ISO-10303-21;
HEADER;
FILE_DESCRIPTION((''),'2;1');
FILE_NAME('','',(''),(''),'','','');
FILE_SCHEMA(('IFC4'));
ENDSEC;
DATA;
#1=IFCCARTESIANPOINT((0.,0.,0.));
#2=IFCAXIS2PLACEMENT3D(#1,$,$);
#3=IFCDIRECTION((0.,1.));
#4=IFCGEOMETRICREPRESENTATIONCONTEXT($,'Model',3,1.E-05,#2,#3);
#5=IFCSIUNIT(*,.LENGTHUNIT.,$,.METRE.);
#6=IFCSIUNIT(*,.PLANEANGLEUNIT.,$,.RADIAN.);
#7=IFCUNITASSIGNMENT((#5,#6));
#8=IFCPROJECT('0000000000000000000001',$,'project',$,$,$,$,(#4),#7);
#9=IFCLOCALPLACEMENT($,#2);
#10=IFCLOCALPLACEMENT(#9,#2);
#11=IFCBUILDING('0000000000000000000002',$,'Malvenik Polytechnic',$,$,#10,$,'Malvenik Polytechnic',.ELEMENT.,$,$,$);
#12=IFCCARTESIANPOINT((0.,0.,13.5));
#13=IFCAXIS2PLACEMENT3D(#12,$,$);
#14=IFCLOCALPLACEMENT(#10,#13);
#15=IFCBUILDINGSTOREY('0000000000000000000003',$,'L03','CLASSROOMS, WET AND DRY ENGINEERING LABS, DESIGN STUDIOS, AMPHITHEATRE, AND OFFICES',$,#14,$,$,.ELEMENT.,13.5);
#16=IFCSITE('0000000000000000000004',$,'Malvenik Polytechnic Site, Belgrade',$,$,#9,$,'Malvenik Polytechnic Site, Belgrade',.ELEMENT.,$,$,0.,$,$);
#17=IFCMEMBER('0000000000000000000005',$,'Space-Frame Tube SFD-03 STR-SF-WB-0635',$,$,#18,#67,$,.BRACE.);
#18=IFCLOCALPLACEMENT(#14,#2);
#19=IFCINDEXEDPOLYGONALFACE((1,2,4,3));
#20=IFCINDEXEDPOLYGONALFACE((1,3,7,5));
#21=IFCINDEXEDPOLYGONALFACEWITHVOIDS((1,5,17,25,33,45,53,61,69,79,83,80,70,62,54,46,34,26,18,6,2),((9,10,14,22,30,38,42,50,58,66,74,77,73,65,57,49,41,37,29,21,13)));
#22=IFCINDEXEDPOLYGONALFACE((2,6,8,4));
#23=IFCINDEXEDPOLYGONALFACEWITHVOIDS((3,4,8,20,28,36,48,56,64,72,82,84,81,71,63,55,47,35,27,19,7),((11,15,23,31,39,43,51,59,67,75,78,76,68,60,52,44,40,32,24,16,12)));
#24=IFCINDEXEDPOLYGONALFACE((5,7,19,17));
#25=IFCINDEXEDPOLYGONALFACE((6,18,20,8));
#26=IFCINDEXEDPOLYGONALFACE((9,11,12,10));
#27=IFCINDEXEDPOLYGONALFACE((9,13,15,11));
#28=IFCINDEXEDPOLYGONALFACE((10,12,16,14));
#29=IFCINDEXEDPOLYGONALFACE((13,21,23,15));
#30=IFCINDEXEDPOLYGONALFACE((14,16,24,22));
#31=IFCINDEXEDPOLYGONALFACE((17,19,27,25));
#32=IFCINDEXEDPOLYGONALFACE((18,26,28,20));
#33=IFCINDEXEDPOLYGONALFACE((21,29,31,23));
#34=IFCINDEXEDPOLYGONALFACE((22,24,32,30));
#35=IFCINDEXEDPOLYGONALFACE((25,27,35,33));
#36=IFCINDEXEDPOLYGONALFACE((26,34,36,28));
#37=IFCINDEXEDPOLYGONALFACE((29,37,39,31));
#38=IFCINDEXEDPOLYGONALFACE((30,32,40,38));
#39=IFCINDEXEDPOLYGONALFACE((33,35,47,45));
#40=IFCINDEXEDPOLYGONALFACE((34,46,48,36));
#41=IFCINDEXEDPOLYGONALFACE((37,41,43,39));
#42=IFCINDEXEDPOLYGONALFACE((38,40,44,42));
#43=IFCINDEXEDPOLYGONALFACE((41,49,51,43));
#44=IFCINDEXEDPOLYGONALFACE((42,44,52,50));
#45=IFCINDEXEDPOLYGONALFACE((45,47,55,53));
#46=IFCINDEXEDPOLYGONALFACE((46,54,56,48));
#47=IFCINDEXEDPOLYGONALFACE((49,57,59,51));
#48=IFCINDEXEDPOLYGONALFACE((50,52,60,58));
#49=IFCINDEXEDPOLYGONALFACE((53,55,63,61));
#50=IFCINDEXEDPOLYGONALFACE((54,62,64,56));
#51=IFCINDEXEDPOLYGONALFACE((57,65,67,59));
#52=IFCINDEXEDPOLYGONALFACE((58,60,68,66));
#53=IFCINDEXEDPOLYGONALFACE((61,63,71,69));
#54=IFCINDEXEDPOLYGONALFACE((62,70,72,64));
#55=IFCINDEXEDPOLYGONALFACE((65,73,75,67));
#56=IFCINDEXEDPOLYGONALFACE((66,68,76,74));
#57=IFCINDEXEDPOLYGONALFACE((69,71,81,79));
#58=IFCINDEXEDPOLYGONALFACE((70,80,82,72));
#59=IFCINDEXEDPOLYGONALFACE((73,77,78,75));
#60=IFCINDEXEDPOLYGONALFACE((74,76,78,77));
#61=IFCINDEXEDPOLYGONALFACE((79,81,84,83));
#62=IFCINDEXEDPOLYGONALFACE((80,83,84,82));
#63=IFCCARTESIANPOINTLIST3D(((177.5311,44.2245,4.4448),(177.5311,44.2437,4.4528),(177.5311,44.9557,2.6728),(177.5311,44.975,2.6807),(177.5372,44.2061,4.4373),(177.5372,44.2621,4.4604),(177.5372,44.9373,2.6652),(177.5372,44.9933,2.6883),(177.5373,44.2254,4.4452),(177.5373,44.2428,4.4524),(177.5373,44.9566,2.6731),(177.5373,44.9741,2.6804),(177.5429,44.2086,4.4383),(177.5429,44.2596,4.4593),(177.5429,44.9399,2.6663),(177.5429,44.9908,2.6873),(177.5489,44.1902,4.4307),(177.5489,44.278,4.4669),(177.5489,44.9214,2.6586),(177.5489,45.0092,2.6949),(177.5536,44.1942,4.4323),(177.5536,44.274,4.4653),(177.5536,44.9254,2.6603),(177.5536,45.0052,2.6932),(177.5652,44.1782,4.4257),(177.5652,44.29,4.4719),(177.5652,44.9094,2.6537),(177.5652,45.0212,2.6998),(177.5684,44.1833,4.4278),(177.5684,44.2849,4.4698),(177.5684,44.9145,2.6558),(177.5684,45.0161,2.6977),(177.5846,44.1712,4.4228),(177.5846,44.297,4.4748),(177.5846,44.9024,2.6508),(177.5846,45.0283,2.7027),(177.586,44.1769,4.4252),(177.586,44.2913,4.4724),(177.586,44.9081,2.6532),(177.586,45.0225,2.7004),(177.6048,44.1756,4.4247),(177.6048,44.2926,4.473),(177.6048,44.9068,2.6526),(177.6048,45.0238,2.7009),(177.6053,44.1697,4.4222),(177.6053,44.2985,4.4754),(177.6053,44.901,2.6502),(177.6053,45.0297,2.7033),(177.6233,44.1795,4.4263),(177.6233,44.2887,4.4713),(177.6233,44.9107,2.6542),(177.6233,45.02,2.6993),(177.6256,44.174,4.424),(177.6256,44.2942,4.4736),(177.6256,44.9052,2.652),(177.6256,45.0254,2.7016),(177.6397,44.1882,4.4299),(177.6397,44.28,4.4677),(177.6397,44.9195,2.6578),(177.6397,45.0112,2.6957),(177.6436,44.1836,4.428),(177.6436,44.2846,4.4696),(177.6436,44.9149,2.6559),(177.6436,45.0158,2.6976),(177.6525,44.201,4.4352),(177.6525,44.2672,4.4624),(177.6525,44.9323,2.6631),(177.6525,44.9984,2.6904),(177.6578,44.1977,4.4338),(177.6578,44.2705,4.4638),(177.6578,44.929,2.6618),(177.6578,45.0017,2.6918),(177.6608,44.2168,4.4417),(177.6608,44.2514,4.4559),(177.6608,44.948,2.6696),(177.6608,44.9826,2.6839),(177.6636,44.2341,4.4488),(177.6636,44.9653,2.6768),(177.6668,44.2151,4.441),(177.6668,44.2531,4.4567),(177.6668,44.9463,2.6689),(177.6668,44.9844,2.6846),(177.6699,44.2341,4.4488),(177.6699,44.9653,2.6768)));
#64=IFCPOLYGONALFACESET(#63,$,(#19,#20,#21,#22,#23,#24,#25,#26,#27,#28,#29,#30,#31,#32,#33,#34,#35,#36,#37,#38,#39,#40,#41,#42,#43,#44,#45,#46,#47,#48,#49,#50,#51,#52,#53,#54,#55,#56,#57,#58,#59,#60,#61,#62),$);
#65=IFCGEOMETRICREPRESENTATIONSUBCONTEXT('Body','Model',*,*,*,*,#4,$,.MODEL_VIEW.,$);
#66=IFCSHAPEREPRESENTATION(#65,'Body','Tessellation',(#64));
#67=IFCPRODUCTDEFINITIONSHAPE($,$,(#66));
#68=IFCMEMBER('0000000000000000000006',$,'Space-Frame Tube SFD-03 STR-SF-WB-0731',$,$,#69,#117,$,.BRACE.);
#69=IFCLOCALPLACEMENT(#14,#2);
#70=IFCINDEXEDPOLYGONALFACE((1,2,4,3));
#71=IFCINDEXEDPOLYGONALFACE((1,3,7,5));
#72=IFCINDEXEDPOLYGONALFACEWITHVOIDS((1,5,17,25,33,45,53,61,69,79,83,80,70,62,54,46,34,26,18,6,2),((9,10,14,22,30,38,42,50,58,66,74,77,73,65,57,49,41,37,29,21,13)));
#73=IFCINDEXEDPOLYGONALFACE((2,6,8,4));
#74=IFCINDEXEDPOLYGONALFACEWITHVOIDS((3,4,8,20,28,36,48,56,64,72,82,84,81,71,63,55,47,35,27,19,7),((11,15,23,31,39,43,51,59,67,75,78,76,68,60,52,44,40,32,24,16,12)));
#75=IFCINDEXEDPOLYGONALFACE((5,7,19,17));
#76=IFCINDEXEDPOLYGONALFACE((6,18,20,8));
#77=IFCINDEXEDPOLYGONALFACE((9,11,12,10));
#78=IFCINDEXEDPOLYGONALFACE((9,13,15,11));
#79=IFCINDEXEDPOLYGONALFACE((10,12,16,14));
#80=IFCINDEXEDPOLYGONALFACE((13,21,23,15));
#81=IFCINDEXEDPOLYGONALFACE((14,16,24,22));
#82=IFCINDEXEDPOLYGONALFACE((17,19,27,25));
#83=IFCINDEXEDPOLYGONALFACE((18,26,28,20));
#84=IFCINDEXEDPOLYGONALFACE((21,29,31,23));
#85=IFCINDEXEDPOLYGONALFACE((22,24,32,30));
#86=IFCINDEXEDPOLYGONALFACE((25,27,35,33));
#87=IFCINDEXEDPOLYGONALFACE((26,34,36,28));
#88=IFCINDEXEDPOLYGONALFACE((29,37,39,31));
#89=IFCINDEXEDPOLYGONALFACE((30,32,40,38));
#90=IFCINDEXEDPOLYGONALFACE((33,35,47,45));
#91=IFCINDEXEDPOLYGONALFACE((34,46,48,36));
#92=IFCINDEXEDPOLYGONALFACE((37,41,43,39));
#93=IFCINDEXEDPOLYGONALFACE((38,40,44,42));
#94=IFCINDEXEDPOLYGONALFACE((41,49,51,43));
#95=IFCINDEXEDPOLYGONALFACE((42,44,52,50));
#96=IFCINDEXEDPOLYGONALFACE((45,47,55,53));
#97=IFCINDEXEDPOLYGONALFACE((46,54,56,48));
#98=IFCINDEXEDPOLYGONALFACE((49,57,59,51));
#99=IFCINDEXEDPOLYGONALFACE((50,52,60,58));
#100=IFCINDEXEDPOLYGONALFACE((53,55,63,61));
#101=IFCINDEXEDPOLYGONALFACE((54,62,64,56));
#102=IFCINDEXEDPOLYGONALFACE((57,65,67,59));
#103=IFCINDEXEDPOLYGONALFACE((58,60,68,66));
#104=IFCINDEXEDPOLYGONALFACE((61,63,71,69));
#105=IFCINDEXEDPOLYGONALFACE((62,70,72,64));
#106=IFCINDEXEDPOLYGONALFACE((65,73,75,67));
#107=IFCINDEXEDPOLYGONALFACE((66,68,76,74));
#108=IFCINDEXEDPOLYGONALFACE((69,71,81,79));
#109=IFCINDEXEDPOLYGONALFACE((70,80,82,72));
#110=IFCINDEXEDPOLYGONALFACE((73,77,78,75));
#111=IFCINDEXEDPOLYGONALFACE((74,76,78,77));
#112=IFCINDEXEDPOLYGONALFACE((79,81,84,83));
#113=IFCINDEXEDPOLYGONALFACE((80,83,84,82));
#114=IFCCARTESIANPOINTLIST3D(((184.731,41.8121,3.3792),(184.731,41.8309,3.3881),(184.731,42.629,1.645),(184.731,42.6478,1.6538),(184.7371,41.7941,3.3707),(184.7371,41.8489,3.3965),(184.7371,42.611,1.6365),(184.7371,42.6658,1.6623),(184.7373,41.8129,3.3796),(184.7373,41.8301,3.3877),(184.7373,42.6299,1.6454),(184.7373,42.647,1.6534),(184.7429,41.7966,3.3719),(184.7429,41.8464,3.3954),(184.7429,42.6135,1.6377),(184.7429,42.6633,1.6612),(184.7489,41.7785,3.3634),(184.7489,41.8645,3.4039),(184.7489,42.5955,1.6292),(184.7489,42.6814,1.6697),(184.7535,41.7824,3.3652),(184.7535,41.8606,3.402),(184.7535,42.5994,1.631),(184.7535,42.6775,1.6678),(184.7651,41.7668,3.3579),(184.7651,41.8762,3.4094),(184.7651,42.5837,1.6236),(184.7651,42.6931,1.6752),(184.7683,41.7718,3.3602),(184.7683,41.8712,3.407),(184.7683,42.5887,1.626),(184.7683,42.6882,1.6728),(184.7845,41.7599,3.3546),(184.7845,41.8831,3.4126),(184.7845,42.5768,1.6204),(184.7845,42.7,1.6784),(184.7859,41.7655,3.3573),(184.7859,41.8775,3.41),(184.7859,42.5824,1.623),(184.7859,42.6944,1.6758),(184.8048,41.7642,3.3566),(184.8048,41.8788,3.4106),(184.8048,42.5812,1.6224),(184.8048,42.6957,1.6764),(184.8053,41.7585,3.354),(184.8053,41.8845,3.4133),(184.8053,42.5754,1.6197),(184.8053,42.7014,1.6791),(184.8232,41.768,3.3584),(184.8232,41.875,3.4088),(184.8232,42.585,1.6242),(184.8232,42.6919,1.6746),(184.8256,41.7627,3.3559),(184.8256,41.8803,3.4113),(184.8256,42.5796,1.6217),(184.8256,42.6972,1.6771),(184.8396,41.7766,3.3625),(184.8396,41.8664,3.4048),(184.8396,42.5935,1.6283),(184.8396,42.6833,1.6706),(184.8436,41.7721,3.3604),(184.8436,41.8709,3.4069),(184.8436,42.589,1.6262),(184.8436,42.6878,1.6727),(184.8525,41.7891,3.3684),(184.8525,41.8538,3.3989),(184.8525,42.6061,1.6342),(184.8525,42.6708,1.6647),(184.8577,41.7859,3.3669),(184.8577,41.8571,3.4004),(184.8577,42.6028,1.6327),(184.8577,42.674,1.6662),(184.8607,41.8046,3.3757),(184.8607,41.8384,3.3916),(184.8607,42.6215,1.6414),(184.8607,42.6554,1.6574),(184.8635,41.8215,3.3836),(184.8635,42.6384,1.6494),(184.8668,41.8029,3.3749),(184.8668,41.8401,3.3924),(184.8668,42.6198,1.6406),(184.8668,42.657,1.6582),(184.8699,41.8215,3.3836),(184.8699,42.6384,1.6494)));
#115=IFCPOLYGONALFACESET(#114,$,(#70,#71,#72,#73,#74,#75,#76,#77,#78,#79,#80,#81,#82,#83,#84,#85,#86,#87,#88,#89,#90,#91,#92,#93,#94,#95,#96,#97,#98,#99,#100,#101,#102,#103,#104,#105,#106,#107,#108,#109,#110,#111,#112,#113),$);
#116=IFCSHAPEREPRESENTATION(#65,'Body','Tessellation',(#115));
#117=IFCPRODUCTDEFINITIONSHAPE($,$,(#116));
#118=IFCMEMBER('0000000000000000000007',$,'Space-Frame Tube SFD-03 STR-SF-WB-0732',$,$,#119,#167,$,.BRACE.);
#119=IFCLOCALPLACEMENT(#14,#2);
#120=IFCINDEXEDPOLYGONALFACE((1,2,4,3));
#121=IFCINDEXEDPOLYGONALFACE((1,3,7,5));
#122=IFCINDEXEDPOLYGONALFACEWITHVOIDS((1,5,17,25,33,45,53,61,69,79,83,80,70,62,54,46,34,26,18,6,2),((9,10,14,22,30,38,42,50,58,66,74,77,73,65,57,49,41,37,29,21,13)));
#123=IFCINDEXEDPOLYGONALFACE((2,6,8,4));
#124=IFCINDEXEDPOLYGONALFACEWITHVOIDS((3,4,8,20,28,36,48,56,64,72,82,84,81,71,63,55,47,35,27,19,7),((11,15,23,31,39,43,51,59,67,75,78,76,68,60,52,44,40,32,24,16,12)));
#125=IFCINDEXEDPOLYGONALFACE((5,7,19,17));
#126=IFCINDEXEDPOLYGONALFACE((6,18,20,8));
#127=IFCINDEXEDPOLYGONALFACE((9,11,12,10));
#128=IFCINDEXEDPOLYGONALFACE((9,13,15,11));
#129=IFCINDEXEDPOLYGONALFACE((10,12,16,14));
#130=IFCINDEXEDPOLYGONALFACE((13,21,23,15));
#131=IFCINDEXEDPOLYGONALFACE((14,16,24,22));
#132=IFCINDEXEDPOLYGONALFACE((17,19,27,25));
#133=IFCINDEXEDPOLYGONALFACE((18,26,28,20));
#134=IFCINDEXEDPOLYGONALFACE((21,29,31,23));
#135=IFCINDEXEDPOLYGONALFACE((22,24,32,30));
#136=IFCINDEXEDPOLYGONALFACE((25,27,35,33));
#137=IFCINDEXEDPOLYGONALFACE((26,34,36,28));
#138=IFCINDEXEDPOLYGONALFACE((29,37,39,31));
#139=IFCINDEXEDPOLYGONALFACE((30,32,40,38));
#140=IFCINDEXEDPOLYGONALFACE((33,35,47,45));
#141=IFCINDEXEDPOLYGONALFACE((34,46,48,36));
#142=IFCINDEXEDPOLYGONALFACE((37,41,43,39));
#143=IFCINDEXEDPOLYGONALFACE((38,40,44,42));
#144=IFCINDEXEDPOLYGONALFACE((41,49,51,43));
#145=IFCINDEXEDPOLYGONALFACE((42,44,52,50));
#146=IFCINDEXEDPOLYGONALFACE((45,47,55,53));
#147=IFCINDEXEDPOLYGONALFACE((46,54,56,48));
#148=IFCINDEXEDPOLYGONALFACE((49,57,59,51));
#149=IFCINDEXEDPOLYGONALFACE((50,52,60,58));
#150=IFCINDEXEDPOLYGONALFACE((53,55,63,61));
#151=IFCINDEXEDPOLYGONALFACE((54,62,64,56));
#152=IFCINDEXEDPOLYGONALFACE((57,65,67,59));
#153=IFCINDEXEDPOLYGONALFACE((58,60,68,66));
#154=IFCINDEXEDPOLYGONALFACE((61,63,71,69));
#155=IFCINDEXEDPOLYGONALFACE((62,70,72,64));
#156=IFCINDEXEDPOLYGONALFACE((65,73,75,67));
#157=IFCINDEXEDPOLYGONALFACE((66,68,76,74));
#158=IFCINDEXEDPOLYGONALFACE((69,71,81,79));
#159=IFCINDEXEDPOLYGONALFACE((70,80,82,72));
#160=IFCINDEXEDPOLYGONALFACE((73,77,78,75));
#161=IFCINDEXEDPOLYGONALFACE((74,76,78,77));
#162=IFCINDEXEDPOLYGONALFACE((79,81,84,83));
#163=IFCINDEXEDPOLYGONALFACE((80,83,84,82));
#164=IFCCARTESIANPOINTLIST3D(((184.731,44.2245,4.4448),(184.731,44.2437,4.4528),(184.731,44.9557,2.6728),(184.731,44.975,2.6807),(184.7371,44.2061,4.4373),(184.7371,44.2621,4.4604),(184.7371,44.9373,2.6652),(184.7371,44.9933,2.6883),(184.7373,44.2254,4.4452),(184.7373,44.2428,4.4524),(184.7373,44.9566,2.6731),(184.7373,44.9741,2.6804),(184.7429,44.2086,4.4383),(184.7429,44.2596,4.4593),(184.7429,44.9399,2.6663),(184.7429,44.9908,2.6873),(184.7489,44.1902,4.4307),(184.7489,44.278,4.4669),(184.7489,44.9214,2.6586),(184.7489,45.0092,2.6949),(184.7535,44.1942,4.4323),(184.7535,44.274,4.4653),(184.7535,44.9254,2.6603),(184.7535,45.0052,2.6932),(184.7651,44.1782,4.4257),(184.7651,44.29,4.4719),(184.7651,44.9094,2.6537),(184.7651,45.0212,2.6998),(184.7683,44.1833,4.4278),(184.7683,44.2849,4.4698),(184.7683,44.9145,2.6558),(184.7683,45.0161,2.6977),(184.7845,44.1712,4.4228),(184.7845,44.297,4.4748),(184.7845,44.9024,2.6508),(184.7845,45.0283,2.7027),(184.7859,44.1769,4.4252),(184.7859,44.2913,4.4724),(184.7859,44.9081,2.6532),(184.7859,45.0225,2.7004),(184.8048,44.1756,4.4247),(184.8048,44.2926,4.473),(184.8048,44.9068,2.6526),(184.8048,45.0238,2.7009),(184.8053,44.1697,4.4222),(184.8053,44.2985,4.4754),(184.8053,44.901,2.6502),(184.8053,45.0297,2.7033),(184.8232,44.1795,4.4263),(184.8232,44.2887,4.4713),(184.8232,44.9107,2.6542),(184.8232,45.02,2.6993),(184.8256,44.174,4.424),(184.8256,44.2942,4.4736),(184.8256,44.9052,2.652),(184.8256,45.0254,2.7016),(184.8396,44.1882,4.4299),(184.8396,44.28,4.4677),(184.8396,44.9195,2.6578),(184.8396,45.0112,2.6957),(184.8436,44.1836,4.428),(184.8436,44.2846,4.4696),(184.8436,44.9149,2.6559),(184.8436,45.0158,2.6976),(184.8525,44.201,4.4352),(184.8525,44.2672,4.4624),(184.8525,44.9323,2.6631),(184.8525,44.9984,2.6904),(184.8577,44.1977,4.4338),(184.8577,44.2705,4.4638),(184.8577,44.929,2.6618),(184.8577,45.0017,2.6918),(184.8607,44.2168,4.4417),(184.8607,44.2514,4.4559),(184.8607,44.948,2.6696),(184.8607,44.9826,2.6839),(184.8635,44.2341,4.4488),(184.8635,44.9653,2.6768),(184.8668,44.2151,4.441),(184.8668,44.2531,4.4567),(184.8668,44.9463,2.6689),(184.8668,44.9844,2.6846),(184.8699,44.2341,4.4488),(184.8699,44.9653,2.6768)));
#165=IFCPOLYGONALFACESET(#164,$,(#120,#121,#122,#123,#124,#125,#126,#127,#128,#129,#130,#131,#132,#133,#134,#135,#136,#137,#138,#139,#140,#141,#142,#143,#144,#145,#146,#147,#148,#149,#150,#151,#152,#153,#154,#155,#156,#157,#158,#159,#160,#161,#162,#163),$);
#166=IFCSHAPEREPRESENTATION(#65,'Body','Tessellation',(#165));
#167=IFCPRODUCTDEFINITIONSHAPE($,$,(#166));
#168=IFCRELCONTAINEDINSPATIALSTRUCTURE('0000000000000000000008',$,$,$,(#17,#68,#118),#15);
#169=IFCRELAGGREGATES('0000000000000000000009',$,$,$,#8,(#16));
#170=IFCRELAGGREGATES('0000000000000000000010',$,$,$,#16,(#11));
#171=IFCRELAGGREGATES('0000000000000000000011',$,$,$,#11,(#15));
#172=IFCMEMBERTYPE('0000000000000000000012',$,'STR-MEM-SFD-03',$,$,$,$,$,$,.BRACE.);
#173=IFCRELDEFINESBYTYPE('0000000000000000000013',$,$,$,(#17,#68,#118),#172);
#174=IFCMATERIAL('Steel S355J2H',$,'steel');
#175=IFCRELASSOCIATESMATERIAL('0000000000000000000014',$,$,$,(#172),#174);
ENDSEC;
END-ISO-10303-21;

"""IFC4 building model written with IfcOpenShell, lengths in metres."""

from ifc_helpers import new_model, si_unit, direction, frame, origin, origin_2d, place, context, subcontext, project, spatial, hollow_circle, extrude, material, material_profile, profile_set, type_object, element, save


model = new_model("IFC4")

# Units and contexts
model_context = context("Model", 3, precision=1e-05, world=origin(), true_north=direction((0.0, 1.0)))
body_context = subcontext(model_context, "Body", "Model", "MODEL_VIEW")
ifc_project = project(units=[si_unit("LENGTHUNIT", "METRE"), si_unit("PLANEANGLEUNIT", "RADIAN")], contexts=[model_context])

# Site, building, storey
site_placement = place(None, origin())
site = spatial("IfcSite", under=ifc_project, at=site_placement, Name="Malvenik Polytechnic Site, Belgrade", LongName="Malvenik Polytechnic Site, Belgrade", CompositionType="ELEMENT", RefElevation=0.0)
building_placement = place(site_placement, origin())
building = spatial("IfcBuilding", under=site, at=building_placement, Name="Malvenik Polytechnic", LongName="Malvenik Polytechnic", CompositionType="ELEMENT")
storey_placement = place(building_placement, frame((0.0, 0.0, 13.5)))
storey = spatial("IfcBuildingStorey", under=building, at=storey_placement, Name="L03", Description="CLASSROOMS, WET AND DRY ENGINEERING LABS, DESIGN STUDIOS, AMPHITHEATRE, AND OFFICES", CompositionType="ELEMENT", Elevation=13.5)

# Members
ifc_material_1 = material(Name="Steel S355J2H", Category="steel")
ifc_material_profile_1 = material_profile(ifc_material_1, hollow_circle(Radius=0.0698, WallThickness=0.0063, at=origin_2d()), Name="CHS 139.7x6.3")
ifc_profile_set_1 = profile_set([ifc_material_profile_1], Name="Steel S355J2H")
member_type_1 = type_object("IfcMemberType", Name="STR-MEM-SFD-03", PredefinedType="BRACE", material=ifc_profile_set_1)
for number, where, z_axis, x_axis, name in (
    (1, (177.6001, 44.9653, 2.6768), (0.0, -0.381448, 0.92439), (1.0, 0.0, 0.0), "Space-Frame Tube SFD-03 STR-SF-WB-0635"),
    (2, (184.8, 42.6384, 1.6494), (0.0, -0.426153, 0.904651), (1.0, 0.0, 0.0), "Space-Frame Tube SFD-03 STR-SF-WB-0731"),
    (3, (184.8, 44.9653, 2.6768), (0.0, -0.381448, 0.92439), (1.0, 0.0, 0.0), "Space-Frame Tube SFD-03 STR-SF-WB-0732"),
):
    element("IfcMember", number, at=place(storey_placement, frame(where, z_axis=z_axis, x_axis=x_axis)), inside=storey, type_object=member_type_1, Name=name, PredefinedType="BRACE", context=body_context, shape_type="SweptSolid", body=[
        extrude(hollow_circle(Radius=0.0698, WallThickness=0.0063, at=origin_2d()), origin(), (0.0, 0.0, 1.0), 1.917),
    ])

save(model, "model.ifc")
